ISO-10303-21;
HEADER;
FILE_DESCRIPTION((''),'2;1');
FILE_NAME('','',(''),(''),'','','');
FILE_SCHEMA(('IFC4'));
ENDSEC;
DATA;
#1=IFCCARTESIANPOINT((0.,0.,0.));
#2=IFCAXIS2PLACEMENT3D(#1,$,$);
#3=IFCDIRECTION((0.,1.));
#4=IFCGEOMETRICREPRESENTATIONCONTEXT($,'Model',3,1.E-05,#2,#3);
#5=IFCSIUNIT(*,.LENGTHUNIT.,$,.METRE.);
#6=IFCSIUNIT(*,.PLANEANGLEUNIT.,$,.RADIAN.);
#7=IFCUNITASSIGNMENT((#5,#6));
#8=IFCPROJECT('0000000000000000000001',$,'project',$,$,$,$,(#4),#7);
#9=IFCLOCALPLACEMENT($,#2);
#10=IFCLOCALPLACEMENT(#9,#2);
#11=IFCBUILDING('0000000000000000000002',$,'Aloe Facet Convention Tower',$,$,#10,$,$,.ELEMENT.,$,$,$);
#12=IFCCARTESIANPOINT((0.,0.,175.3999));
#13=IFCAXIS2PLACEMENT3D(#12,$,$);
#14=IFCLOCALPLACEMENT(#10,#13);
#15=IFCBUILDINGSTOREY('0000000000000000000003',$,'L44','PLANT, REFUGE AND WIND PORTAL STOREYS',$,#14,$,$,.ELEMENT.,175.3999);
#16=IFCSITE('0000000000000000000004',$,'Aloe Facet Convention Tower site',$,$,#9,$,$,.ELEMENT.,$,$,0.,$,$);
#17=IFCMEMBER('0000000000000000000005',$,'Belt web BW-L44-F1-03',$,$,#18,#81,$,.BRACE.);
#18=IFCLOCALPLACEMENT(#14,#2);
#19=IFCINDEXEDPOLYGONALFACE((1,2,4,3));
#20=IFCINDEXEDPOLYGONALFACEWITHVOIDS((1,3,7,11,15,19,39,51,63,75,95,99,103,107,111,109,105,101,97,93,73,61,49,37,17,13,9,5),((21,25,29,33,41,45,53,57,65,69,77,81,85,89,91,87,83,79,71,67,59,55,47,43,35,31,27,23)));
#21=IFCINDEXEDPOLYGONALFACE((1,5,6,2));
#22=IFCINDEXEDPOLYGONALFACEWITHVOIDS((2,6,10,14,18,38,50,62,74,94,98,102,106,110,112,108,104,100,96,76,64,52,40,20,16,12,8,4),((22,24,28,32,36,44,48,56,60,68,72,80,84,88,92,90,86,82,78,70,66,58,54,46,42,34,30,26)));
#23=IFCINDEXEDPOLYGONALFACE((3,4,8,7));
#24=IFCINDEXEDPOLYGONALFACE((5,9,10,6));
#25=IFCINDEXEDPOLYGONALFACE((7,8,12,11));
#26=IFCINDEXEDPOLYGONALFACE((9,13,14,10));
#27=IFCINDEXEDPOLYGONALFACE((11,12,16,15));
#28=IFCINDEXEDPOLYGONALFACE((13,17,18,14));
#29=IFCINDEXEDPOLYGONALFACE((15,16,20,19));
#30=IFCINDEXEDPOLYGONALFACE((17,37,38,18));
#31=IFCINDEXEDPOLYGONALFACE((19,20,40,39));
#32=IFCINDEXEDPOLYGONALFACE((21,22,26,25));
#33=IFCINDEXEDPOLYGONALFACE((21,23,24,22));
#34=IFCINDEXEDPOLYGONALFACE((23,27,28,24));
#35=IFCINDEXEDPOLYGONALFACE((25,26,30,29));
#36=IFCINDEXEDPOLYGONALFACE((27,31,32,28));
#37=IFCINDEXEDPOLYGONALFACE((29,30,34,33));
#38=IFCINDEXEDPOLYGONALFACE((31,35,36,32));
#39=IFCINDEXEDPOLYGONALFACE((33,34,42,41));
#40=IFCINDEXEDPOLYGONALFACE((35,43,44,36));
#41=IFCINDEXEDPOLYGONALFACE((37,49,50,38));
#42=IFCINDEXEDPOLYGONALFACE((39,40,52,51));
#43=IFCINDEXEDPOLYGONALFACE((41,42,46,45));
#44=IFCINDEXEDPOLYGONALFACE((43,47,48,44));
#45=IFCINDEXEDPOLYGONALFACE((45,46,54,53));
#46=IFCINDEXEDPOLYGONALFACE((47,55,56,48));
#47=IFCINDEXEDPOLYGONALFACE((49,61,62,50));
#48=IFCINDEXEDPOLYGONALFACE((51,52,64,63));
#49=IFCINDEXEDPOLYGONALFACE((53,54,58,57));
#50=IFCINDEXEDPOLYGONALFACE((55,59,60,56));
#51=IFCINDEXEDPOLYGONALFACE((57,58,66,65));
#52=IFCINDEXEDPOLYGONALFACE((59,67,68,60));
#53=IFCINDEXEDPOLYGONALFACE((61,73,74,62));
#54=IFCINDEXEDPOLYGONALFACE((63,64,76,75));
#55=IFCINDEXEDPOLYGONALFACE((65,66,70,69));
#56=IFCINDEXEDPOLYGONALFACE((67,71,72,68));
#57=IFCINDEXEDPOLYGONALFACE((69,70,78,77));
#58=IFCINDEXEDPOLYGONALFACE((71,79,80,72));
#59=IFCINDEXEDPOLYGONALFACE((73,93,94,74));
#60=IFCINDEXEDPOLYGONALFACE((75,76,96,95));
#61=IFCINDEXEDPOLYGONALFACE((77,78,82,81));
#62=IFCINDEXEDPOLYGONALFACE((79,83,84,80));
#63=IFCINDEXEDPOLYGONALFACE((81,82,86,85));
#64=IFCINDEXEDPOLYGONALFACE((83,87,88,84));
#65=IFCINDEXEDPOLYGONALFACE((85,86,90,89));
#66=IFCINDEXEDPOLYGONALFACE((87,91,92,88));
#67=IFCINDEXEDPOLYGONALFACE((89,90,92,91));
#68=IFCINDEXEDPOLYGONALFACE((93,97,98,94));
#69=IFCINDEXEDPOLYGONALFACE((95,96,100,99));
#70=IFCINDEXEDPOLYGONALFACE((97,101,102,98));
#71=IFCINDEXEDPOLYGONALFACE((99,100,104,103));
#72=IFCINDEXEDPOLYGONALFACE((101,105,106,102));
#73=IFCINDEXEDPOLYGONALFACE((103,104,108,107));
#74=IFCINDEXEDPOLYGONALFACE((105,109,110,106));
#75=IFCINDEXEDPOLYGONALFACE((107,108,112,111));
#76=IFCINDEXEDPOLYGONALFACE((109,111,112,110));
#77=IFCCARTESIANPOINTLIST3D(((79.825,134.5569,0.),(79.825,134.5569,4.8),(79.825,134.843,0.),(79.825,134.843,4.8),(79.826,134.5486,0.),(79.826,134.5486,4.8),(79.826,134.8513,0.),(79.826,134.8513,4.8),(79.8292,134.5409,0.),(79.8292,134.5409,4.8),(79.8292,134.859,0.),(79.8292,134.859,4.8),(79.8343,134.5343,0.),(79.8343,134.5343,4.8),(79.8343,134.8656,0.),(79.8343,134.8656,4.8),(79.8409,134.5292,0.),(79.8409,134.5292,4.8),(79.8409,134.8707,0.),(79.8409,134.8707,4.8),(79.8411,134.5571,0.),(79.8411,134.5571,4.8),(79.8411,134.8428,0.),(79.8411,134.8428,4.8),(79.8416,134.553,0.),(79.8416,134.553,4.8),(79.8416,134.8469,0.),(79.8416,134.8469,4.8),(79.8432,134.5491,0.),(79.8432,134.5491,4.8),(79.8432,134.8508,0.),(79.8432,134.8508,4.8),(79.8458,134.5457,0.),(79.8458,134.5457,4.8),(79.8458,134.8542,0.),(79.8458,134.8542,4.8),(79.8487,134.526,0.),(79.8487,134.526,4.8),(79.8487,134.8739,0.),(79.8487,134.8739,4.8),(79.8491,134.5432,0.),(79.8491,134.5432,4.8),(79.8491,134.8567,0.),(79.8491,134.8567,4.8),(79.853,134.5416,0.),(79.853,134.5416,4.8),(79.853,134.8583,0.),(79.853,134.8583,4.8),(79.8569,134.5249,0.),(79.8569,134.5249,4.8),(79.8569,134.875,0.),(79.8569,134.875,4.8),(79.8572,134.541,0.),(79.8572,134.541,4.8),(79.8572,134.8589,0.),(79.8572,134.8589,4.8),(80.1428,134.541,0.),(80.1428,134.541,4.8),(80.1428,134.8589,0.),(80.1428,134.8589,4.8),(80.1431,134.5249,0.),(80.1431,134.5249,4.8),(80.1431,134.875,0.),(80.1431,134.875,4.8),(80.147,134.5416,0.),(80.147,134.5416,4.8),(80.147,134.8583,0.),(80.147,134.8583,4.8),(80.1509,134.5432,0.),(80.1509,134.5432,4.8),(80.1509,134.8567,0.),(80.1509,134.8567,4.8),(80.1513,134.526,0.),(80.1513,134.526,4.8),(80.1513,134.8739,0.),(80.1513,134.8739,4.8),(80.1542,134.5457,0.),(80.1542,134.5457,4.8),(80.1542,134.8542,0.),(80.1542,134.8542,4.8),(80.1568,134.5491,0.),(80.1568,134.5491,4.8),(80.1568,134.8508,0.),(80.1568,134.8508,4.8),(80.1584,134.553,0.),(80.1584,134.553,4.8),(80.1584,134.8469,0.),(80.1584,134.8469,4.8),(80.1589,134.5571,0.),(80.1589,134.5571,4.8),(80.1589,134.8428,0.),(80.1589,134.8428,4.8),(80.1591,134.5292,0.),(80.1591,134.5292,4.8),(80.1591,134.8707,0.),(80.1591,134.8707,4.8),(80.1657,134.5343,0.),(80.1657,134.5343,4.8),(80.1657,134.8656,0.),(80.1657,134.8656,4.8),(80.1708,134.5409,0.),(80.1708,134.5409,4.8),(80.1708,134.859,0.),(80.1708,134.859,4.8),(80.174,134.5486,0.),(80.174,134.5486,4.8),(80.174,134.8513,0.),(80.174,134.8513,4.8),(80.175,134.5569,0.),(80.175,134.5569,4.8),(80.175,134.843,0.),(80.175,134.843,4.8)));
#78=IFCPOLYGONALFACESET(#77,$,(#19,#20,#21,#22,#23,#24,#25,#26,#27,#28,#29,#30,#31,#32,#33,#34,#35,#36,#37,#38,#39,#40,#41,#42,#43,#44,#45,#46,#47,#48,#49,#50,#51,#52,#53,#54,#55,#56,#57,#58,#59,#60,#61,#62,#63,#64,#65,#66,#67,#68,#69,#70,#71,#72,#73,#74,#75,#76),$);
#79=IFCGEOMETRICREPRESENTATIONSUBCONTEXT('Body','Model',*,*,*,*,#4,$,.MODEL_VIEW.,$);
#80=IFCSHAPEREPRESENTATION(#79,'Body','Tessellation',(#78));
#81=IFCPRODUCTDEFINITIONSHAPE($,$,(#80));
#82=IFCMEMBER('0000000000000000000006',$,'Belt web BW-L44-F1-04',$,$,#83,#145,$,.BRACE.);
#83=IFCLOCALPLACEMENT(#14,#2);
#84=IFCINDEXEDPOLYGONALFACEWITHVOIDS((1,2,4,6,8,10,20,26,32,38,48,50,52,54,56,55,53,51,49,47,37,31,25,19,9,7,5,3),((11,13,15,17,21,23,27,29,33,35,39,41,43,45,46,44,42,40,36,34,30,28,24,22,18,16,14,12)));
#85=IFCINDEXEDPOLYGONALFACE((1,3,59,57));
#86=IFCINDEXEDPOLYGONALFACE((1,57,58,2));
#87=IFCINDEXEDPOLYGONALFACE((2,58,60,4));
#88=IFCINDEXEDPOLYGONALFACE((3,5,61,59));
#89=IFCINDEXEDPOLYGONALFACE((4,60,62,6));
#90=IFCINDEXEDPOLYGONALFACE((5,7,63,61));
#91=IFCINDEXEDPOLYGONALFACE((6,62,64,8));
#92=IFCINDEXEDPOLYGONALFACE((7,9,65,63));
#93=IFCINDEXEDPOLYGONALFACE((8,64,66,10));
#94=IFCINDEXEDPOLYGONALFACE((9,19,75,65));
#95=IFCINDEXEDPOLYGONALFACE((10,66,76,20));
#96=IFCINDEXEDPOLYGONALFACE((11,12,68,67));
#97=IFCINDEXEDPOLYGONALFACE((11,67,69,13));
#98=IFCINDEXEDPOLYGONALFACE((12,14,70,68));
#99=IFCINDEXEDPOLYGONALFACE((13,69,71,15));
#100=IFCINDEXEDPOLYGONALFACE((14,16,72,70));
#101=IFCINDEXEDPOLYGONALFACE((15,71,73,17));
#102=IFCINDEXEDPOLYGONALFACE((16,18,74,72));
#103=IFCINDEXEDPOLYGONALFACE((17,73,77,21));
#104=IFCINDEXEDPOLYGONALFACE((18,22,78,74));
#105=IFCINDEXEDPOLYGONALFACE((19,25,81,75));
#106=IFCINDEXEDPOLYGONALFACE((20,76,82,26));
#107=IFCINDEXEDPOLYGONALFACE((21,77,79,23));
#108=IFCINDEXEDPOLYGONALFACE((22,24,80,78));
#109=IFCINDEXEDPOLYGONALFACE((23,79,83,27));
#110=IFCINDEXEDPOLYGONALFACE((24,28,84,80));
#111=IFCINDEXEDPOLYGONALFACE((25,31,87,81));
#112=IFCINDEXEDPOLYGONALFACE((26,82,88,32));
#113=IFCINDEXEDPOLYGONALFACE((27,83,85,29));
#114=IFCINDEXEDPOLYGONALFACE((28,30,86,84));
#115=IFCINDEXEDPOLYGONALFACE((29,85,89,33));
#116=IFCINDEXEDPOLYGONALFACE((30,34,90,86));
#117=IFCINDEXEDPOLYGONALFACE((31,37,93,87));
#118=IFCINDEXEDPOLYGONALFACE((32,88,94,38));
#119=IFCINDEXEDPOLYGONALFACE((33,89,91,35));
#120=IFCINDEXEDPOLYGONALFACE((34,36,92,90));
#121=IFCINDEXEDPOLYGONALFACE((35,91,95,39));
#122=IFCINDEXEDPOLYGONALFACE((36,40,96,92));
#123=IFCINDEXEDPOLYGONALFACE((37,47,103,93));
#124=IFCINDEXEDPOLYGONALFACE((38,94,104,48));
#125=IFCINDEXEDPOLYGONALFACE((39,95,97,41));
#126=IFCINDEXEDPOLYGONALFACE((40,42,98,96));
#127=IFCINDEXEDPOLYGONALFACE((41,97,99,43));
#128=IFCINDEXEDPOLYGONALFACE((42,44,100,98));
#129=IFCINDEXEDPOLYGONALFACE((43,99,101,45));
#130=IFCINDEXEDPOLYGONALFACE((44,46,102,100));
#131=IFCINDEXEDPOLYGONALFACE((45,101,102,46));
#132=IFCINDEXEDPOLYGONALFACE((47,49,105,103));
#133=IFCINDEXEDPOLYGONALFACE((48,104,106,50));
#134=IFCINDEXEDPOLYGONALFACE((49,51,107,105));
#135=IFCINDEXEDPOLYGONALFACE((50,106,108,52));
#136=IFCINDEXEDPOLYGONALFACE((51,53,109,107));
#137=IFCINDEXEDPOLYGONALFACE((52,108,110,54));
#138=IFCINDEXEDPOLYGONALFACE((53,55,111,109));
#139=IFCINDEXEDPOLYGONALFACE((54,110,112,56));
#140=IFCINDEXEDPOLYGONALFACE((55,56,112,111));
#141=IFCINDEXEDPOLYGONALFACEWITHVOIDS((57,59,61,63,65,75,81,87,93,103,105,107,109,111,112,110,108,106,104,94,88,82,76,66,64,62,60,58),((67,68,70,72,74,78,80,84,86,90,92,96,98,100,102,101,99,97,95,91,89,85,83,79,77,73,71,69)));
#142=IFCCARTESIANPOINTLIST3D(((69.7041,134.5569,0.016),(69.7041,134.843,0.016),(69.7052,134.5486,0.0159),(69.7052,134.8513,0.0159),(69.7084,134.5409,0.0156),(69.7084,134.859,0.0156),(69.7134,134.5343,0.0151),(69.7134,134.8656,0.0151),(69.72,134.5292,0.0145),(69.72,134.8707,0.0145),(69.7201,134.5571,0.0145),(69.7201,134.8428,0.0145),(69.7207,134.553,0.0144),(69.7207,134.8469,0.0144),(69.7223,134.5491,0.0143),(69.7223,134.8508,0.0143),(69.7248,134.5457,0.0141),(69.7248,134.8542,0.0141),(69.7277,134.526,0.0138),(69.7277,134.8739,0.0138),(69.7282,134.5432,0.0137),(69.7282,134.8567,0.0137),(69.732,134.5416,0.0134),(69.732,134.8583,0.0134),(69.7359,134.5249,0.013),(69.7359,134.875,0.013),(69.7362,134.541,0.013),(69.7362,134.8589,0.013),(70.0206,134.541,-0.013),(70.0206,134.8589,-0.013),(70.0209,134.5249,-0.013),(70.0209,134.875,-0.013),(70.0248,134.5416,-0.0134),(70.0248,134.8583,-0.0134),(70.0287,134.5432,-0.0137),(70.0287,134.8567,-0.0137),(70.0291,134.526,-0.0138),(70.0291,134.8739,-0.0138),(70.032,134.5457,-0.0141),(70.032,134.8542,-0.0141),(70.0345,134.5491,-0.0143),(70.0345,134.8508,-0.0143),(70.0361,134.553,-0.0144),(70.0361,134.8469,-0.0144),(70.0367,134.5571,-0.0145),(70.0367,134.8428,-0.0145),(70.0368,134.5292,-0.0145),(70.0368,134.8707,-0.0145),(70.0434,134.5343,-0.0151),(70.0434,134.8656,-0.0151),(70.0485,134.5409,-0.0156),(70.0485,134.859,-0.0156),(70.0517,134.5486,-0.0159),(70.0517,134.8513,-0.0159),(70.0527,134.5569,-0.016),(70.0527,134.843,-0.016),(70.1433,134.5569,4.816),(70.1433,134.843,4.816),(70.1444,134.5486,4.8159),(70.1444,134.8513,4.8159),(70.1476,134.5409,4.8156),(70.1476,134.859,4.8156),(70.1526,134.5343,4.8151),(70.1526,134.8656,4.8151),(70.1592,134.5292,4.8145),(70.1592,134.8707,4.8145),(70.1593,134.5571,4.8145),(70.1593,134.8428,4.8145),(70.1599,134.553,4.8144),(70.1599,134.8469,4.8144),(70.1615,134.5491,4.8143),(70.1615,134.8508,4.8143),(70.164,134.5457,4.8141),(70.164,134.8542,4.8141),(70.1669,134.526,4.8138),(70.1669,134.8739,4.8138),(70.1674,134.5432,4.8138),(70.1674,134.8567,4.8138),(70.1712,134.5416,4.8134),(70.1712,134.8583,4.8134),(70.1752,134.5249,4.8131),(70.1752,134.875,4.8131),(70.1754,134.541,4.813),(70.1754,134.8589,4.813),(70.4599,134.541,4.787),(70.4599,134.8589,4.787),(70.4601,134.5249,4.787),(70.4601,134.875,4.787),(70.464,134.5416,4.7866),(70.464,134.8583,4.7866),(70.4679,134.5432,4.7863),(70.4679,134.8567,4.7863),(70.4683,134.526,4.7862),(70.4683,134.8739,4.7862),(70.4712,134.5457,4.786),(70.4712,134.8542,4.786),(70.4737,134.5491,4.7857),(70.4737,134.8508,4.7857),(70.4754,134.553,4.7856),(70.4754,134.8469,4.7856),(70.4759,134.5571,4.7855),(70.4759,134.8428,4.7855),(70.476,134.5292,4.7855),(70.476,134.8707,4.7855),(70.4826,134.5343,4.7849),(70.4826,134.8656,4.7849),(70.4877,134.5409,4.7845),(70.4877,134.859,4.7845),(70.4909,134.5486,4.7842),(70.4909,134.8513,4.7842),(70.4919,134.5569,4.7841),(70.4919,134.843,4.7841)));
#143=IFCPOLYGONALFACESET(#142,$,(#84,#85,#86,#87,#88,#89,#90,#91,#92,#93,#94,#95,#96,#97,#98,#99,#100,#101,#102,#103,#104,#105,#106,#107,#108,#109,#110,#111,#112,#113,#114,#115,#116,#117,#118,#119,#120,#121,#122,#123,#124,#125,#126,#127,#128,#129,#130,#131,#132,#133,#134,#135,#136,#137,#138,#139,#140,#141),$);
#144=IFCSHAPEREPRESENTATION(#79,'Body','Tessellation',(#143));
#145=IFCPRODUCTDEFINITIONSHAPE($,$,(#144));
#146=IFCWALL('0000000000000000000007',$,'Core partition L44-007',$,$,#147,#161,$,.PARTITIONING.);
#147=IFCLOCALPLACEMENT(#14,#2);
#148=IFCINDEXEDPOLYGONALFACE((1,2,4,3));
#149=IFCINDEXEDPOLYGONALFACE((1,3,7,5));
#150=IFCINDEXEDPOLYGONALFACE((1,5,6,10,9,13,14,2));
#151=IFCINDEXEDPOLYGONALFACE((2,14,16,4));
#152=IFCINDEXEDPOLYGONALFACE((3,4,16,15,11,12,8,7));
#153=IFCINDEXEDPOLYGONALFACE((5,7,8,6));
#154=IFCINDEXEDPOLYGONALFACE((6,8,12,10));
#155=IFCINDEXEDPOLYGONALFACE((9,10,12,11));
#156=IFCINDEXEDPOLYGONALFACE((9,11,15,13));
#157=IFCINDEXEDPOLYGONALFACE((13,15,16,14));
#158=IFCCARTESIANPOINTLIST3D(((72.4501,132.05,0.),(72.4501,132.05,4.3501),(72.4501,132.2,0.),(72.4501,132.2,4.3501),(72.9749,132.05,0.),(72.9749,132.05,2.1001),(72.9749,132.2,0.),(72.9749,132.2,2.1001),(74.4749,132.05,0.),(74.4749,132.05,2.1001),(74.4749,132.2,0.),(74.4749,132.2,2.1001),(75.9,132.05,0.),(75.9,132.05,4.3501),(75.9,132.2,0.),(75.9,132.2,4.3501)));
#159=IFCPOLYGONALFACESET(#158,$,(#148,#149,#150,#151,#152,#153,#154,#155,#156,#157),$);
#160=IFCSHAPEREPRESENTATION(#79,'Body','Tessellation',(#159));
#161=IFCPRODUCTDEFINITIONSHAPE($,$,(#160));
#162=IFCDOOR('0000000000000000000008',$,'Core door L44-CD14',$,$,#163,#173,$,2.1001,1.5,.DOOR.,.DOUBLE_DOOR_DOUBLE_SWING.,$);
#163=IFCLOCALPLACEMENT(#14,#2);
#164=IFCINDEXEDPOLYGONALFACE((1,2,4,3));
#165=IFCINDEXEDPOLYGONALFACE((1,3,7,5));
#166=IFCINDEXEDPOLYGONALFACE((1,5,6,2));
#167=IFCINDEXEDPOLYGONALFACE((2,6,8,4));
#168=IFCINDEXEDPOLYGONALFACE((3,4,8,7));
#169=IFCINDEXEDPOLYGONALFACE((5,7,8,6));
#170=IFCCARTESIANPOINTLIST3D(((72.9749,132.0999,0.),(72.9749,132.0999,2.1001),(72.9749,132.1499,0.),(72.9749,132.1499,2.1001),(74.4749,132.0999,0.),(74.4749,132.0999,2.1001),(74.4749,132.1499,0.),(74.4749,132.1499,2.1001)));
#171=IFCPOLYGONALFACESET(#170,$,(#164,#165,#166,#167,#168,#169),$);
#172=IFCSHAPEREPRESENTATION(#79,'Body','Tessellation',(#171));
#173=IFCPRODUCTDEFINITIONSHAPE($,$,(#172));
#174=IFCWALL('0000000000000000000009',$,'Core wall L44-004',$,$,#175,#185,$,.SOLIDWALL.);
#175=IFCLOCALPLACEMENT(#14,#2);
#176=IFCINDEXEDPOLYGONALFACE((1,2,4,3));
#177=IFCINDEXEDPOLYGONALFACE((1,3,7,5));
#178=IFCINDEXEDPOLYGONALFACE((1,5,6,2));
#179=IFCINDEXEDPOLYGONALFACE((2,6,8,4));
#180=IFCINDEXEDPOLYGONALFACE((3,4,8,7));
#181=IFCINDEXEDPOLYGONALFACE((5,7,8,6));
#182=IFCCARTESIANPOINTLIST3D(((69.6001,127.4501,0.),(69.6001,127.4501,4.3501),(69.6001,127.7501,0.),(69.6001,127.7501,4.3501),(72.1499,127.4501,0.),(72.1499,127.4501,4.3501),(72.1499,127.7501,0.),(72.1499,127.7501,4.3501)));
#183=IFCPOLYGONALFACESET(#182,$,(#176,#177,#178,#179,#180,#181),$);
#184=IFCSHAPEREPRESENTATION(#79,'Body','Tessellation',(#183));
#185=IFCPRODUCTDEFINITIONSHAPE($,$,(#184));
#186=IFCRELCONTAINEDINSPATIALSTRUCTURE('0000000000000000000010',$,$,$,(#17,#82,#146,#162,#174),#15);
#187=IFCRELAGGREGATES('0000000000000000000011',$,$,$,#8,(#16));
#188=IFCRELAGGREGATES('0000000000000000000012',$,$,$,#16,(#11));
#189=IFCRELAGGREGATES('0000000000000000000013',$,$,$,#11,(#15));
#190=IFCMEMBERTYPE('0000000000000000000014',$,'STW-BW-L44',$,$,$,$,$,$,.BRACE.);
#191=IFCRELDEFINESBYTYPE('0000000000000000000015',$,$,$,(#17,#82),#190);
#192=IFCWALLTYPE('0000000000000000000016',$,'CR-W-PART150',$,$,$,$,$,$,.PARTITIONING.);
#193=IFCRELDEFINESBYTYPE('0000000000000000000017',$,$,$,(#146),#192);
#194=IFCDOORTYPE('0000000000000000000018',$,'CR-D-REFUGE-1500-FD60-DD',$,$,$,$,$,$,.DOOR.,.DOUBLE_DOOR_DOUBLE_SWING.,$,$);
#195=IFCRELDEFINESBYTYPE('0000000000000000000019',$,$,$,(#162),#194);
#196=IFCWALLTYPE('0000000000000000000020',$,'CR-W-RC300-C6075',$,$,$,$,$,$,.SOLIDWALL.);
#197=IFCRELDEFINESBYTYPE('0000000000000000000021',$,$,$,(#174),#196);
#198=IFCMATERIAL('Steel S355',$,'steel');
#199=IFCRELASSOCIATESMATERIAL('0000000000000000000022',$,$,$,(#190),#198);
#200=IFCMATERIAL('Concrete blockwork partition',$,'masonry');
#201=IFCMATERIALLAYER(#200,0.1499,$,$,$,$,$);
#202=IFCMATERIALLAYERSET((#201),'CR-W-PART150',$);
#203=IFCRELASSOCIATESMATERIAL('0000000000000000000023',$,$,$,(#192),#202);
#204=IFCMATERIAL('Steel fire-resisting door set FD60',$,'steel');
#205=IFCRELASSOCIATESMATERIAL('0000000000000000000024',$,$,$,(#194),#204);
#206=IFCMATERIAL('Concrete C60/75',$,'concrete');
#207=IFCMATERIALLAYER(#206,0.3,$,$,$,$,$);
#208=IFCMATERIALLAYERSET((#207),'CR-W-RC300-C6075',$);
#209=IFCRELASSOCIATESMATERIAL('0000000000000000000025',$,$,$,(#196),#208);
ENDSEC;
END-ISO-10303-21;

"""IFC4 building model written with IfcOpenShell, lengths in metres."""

from ifc_helpers import new_model, si_unit, direction, frame, frame_2d, origin, origin_2d, place, context, subcontext, project, spatial, rectangle, hollow_rectangle, extrude, material, layer, layer_set, material_profile, profile_set, type_object, element, fill, save


model = new_model("IFC4")

# Units and contexts
model_context = context("Model", 3, precision=1e-05, world=origin(), true_north=direction((0.0, 1.0)))
body_context = subcontext(model_context, "Body", "Model", "MODEL_VIEW")
ifc_project = project(units=[si_unit("LENGTHUNIT", "METRE"), si_unit("PLANEANGLEUNIT", "RADIAN")], contexts=[model_context])

# Site, building, storey
site_placement = place(None, origin())
site = spatial("IfcSite", under=ifc_project, at=site_placement, Name="Aloe Facet Convention Tower site", CompositionType="ELEMENT", RefElevation=0.0)
building_placement = place(site_placement, origin())
building = spatial("IfcBuilding", under=site, at=building_placement, Name="Aloe Facet Convention Tower", CompositionType="ELEMENT")
storey_placement = place(building_placement, frame((0.0, 0.0, 175.3999)))
storey = spatial("IfcBuildingStorey", under=building, at=storey_placement, Name="L44", Description="PLANT, REFUGE AND WIND PORTAL STOREYS", CompositionType="ELEMENT", Elevation=175.3999)

# Members
ifc_material_1 = material(Name="Steel S355", Category="steel")
ifc_material_profile = material_profile(ifc_material_1, hollow_rectangle(XDim=0.3501, YDim=0.3501, WallThickness=0.0161, InnerFilletRadius=0.0161, OuterFilletRadius=0.032, at=origin_2d()), Name="SHS 350x350x16")
ifc_profile_set = profile_set([ifc_material_profile], Name="Steel S355")
member_type = type_object("IfcMemberType", Name="STW-BW-L44", PredefinedType="BRACE", material=ifc_profile_set)
member_1_placement = place(storey_placement, frame((80.0, 134.7, 0.0), z_axis=(0.0, 0.0, 1.0), x_axis=(1.0, 0.0, 0.0)))
element("IfcMember", 1, at=member_1_placement, inside=storey, type_object=member_type, Name="Belt web BW-L44-F1-03", PredefinedType="BRACE", context=body_context, shape_type="SweptSolid", body=[
    extrude(hollow_rectangle(XDim=0.3501, YDim=0.3501, WallThickness=0.0161, InnerFilletRadius=0.0161, OuterFilletRadius=0.032, at=origin_2d()), origin(), (0.0, 0.0, 1.0), 4.8),
])
member_2_placement = place(storey_placement, frame((69.8784, 134.7, 0.0), z_axis=(0.09112, 0.0, 0.99584), x_axis=(0.0, 1.0, 0.0)))
element("IfcMember", 2, at=member_2_placement, inside=storey, type_object=member_type, Name="Belt web BW-L44-F1-04", PredefinedType="BRACE", context=body_context, shape_type="SweptSolid", body=[
    extrude(hollow_rectangle(XDim=0.3501, YDim=0.3501, WallThickness=0.0161, InnerFilletRadius=0.0161, OuterFilletRadius=0.032, at=origin_2d()), origin(), (0.0, 0.0, 1.0), 4.8201),
])

# Wall, opening, door
ifc_material_2 = material(Name="Concrete blockwork partition", Category="masonry")
ifc_layer_1 = layer(ifc_material_2, 0.1499)
ifc_layer_set_1 = layer_set([ifc_layer_1], Name="CR-W-PART150")
wall_type_1 = type_object("IfcWallType", Name="CR-W-PART150", PredefinedType="PARTITIONING", material=ifc_layer_set_1)
wall_1_placement = place(storey_placement, frame((72.45, 132.125, 0.0), z_axis=(0.0, 0.0, 1.0), x_axis=(1.0, 0.0, 0.0)))
wall_1 = element("IfcWall", 3, at=wall_1_placement, inside=storey, type_object=wall_type_1, Name="Core partition L44-007", PredefinedType="PARTITIONING", context=body_context, shape_type="SweptSolid", body=[
    extrude(rectangle(XDim=3.45, YDim=0.1499, at=frame_2d((1.7251, 0.0))), origin(), (0.0, 0.0, 1.0), 4.3501),
])
opening_1_placement = place(wall_1_placement, frame((0.5249, 0.0, 0.0)))
opening_1 = element("IfcOpeningElement", 4, at=opening_1_placement, cuts=wall_1, PredefinedType="OPENING", context=body_context, shape_type="SweptSolid", body=[
    extrude(rectangle(XDim=1.5, YDim=2.1001, at=frame_2d((0.75, 1.05))), frame((0.0, 0.085, 0.0), z_axis=(0.0, -1.0, 0.0), x_axis=(1.0, 0.0, 0.0)), (0.0, 0.0, 1.0), 0.1699),
])
ifc_material_3 = material(Name="Steel fire-resisting door set FD60", Category="steel")
door_type_1 = type_object("IfcDoorType", Name="CR-D-REFUGE-1500-FD60-DD", OperationType="DOUBLE_DOOR_DOUBLE_SWING", PredefinedType="DOOR", material=ifc_material_3)
door_1_placement = place(opening_1_placement, origin())
door_1 = element("IfcDoor", 5, at=door_1_placement, inside=storey, type_object=door_type_1, Name="Core door L44-CD14", OperationType="DOUBLE_DOOR_DOUBLE_SWING", OverallHeight=2.1001, OverallWidth=1.5, PredefinedType="DOOR", context=body_context, shape_type="SweptSolid", body=[
    extrude(rectangle(XDim=1.5, YDim=2.1001, at=frame_2d((0.75, 1.05))), frame((0.0, 0.0249, 0.0), z_axis=(0.0, -1.0, 0.0), x_axis=(1.0, 0.0, 0.0)), (0.0, 0.0, 1.0), 0.05),
])
fill(opening_1, door_1)

# Wall
ifc_material_4 = material(Name="Concrete C60/75", Category="concrete")
ifc_layer_2 = layer(ifc_material_4, 0.3)
ifc_layer_set_2 = layer_set([ifc_layer_2], Name="CR-W-RC300-C6075")
wall_type_2 = type_object("IfcWallType", Name="CR-W-RC300-C6075", PredefinedType="SOLIDWALL", material=ifc_layer_set_2)
for number, where, z_axis, x_axis, name in (
    (6, (69.6001, 127.6001, 0.0), (0.0, 0.0, 1.0), (1.0, 0.0, 0.0), "Core wall L44-004"),
):
    element("IfcWall", number, at=place(storey_placement, frame(where, z_axis=z_axis, x_axis=x_axis)), inside=storey, type_object=wall_type_2, Name=name, PredefinedType="SOLIDWALL", context=body_context, shape_type="SweptSolid", body=[
        extrude(rectangle(XDim=2.5498, YDim=0.3, at=frame_2d((1.2749, 0.0))), origin(), (0.0, 0.0, 1.0), 4.3501),
    ])

save(model, "model.ifc")
